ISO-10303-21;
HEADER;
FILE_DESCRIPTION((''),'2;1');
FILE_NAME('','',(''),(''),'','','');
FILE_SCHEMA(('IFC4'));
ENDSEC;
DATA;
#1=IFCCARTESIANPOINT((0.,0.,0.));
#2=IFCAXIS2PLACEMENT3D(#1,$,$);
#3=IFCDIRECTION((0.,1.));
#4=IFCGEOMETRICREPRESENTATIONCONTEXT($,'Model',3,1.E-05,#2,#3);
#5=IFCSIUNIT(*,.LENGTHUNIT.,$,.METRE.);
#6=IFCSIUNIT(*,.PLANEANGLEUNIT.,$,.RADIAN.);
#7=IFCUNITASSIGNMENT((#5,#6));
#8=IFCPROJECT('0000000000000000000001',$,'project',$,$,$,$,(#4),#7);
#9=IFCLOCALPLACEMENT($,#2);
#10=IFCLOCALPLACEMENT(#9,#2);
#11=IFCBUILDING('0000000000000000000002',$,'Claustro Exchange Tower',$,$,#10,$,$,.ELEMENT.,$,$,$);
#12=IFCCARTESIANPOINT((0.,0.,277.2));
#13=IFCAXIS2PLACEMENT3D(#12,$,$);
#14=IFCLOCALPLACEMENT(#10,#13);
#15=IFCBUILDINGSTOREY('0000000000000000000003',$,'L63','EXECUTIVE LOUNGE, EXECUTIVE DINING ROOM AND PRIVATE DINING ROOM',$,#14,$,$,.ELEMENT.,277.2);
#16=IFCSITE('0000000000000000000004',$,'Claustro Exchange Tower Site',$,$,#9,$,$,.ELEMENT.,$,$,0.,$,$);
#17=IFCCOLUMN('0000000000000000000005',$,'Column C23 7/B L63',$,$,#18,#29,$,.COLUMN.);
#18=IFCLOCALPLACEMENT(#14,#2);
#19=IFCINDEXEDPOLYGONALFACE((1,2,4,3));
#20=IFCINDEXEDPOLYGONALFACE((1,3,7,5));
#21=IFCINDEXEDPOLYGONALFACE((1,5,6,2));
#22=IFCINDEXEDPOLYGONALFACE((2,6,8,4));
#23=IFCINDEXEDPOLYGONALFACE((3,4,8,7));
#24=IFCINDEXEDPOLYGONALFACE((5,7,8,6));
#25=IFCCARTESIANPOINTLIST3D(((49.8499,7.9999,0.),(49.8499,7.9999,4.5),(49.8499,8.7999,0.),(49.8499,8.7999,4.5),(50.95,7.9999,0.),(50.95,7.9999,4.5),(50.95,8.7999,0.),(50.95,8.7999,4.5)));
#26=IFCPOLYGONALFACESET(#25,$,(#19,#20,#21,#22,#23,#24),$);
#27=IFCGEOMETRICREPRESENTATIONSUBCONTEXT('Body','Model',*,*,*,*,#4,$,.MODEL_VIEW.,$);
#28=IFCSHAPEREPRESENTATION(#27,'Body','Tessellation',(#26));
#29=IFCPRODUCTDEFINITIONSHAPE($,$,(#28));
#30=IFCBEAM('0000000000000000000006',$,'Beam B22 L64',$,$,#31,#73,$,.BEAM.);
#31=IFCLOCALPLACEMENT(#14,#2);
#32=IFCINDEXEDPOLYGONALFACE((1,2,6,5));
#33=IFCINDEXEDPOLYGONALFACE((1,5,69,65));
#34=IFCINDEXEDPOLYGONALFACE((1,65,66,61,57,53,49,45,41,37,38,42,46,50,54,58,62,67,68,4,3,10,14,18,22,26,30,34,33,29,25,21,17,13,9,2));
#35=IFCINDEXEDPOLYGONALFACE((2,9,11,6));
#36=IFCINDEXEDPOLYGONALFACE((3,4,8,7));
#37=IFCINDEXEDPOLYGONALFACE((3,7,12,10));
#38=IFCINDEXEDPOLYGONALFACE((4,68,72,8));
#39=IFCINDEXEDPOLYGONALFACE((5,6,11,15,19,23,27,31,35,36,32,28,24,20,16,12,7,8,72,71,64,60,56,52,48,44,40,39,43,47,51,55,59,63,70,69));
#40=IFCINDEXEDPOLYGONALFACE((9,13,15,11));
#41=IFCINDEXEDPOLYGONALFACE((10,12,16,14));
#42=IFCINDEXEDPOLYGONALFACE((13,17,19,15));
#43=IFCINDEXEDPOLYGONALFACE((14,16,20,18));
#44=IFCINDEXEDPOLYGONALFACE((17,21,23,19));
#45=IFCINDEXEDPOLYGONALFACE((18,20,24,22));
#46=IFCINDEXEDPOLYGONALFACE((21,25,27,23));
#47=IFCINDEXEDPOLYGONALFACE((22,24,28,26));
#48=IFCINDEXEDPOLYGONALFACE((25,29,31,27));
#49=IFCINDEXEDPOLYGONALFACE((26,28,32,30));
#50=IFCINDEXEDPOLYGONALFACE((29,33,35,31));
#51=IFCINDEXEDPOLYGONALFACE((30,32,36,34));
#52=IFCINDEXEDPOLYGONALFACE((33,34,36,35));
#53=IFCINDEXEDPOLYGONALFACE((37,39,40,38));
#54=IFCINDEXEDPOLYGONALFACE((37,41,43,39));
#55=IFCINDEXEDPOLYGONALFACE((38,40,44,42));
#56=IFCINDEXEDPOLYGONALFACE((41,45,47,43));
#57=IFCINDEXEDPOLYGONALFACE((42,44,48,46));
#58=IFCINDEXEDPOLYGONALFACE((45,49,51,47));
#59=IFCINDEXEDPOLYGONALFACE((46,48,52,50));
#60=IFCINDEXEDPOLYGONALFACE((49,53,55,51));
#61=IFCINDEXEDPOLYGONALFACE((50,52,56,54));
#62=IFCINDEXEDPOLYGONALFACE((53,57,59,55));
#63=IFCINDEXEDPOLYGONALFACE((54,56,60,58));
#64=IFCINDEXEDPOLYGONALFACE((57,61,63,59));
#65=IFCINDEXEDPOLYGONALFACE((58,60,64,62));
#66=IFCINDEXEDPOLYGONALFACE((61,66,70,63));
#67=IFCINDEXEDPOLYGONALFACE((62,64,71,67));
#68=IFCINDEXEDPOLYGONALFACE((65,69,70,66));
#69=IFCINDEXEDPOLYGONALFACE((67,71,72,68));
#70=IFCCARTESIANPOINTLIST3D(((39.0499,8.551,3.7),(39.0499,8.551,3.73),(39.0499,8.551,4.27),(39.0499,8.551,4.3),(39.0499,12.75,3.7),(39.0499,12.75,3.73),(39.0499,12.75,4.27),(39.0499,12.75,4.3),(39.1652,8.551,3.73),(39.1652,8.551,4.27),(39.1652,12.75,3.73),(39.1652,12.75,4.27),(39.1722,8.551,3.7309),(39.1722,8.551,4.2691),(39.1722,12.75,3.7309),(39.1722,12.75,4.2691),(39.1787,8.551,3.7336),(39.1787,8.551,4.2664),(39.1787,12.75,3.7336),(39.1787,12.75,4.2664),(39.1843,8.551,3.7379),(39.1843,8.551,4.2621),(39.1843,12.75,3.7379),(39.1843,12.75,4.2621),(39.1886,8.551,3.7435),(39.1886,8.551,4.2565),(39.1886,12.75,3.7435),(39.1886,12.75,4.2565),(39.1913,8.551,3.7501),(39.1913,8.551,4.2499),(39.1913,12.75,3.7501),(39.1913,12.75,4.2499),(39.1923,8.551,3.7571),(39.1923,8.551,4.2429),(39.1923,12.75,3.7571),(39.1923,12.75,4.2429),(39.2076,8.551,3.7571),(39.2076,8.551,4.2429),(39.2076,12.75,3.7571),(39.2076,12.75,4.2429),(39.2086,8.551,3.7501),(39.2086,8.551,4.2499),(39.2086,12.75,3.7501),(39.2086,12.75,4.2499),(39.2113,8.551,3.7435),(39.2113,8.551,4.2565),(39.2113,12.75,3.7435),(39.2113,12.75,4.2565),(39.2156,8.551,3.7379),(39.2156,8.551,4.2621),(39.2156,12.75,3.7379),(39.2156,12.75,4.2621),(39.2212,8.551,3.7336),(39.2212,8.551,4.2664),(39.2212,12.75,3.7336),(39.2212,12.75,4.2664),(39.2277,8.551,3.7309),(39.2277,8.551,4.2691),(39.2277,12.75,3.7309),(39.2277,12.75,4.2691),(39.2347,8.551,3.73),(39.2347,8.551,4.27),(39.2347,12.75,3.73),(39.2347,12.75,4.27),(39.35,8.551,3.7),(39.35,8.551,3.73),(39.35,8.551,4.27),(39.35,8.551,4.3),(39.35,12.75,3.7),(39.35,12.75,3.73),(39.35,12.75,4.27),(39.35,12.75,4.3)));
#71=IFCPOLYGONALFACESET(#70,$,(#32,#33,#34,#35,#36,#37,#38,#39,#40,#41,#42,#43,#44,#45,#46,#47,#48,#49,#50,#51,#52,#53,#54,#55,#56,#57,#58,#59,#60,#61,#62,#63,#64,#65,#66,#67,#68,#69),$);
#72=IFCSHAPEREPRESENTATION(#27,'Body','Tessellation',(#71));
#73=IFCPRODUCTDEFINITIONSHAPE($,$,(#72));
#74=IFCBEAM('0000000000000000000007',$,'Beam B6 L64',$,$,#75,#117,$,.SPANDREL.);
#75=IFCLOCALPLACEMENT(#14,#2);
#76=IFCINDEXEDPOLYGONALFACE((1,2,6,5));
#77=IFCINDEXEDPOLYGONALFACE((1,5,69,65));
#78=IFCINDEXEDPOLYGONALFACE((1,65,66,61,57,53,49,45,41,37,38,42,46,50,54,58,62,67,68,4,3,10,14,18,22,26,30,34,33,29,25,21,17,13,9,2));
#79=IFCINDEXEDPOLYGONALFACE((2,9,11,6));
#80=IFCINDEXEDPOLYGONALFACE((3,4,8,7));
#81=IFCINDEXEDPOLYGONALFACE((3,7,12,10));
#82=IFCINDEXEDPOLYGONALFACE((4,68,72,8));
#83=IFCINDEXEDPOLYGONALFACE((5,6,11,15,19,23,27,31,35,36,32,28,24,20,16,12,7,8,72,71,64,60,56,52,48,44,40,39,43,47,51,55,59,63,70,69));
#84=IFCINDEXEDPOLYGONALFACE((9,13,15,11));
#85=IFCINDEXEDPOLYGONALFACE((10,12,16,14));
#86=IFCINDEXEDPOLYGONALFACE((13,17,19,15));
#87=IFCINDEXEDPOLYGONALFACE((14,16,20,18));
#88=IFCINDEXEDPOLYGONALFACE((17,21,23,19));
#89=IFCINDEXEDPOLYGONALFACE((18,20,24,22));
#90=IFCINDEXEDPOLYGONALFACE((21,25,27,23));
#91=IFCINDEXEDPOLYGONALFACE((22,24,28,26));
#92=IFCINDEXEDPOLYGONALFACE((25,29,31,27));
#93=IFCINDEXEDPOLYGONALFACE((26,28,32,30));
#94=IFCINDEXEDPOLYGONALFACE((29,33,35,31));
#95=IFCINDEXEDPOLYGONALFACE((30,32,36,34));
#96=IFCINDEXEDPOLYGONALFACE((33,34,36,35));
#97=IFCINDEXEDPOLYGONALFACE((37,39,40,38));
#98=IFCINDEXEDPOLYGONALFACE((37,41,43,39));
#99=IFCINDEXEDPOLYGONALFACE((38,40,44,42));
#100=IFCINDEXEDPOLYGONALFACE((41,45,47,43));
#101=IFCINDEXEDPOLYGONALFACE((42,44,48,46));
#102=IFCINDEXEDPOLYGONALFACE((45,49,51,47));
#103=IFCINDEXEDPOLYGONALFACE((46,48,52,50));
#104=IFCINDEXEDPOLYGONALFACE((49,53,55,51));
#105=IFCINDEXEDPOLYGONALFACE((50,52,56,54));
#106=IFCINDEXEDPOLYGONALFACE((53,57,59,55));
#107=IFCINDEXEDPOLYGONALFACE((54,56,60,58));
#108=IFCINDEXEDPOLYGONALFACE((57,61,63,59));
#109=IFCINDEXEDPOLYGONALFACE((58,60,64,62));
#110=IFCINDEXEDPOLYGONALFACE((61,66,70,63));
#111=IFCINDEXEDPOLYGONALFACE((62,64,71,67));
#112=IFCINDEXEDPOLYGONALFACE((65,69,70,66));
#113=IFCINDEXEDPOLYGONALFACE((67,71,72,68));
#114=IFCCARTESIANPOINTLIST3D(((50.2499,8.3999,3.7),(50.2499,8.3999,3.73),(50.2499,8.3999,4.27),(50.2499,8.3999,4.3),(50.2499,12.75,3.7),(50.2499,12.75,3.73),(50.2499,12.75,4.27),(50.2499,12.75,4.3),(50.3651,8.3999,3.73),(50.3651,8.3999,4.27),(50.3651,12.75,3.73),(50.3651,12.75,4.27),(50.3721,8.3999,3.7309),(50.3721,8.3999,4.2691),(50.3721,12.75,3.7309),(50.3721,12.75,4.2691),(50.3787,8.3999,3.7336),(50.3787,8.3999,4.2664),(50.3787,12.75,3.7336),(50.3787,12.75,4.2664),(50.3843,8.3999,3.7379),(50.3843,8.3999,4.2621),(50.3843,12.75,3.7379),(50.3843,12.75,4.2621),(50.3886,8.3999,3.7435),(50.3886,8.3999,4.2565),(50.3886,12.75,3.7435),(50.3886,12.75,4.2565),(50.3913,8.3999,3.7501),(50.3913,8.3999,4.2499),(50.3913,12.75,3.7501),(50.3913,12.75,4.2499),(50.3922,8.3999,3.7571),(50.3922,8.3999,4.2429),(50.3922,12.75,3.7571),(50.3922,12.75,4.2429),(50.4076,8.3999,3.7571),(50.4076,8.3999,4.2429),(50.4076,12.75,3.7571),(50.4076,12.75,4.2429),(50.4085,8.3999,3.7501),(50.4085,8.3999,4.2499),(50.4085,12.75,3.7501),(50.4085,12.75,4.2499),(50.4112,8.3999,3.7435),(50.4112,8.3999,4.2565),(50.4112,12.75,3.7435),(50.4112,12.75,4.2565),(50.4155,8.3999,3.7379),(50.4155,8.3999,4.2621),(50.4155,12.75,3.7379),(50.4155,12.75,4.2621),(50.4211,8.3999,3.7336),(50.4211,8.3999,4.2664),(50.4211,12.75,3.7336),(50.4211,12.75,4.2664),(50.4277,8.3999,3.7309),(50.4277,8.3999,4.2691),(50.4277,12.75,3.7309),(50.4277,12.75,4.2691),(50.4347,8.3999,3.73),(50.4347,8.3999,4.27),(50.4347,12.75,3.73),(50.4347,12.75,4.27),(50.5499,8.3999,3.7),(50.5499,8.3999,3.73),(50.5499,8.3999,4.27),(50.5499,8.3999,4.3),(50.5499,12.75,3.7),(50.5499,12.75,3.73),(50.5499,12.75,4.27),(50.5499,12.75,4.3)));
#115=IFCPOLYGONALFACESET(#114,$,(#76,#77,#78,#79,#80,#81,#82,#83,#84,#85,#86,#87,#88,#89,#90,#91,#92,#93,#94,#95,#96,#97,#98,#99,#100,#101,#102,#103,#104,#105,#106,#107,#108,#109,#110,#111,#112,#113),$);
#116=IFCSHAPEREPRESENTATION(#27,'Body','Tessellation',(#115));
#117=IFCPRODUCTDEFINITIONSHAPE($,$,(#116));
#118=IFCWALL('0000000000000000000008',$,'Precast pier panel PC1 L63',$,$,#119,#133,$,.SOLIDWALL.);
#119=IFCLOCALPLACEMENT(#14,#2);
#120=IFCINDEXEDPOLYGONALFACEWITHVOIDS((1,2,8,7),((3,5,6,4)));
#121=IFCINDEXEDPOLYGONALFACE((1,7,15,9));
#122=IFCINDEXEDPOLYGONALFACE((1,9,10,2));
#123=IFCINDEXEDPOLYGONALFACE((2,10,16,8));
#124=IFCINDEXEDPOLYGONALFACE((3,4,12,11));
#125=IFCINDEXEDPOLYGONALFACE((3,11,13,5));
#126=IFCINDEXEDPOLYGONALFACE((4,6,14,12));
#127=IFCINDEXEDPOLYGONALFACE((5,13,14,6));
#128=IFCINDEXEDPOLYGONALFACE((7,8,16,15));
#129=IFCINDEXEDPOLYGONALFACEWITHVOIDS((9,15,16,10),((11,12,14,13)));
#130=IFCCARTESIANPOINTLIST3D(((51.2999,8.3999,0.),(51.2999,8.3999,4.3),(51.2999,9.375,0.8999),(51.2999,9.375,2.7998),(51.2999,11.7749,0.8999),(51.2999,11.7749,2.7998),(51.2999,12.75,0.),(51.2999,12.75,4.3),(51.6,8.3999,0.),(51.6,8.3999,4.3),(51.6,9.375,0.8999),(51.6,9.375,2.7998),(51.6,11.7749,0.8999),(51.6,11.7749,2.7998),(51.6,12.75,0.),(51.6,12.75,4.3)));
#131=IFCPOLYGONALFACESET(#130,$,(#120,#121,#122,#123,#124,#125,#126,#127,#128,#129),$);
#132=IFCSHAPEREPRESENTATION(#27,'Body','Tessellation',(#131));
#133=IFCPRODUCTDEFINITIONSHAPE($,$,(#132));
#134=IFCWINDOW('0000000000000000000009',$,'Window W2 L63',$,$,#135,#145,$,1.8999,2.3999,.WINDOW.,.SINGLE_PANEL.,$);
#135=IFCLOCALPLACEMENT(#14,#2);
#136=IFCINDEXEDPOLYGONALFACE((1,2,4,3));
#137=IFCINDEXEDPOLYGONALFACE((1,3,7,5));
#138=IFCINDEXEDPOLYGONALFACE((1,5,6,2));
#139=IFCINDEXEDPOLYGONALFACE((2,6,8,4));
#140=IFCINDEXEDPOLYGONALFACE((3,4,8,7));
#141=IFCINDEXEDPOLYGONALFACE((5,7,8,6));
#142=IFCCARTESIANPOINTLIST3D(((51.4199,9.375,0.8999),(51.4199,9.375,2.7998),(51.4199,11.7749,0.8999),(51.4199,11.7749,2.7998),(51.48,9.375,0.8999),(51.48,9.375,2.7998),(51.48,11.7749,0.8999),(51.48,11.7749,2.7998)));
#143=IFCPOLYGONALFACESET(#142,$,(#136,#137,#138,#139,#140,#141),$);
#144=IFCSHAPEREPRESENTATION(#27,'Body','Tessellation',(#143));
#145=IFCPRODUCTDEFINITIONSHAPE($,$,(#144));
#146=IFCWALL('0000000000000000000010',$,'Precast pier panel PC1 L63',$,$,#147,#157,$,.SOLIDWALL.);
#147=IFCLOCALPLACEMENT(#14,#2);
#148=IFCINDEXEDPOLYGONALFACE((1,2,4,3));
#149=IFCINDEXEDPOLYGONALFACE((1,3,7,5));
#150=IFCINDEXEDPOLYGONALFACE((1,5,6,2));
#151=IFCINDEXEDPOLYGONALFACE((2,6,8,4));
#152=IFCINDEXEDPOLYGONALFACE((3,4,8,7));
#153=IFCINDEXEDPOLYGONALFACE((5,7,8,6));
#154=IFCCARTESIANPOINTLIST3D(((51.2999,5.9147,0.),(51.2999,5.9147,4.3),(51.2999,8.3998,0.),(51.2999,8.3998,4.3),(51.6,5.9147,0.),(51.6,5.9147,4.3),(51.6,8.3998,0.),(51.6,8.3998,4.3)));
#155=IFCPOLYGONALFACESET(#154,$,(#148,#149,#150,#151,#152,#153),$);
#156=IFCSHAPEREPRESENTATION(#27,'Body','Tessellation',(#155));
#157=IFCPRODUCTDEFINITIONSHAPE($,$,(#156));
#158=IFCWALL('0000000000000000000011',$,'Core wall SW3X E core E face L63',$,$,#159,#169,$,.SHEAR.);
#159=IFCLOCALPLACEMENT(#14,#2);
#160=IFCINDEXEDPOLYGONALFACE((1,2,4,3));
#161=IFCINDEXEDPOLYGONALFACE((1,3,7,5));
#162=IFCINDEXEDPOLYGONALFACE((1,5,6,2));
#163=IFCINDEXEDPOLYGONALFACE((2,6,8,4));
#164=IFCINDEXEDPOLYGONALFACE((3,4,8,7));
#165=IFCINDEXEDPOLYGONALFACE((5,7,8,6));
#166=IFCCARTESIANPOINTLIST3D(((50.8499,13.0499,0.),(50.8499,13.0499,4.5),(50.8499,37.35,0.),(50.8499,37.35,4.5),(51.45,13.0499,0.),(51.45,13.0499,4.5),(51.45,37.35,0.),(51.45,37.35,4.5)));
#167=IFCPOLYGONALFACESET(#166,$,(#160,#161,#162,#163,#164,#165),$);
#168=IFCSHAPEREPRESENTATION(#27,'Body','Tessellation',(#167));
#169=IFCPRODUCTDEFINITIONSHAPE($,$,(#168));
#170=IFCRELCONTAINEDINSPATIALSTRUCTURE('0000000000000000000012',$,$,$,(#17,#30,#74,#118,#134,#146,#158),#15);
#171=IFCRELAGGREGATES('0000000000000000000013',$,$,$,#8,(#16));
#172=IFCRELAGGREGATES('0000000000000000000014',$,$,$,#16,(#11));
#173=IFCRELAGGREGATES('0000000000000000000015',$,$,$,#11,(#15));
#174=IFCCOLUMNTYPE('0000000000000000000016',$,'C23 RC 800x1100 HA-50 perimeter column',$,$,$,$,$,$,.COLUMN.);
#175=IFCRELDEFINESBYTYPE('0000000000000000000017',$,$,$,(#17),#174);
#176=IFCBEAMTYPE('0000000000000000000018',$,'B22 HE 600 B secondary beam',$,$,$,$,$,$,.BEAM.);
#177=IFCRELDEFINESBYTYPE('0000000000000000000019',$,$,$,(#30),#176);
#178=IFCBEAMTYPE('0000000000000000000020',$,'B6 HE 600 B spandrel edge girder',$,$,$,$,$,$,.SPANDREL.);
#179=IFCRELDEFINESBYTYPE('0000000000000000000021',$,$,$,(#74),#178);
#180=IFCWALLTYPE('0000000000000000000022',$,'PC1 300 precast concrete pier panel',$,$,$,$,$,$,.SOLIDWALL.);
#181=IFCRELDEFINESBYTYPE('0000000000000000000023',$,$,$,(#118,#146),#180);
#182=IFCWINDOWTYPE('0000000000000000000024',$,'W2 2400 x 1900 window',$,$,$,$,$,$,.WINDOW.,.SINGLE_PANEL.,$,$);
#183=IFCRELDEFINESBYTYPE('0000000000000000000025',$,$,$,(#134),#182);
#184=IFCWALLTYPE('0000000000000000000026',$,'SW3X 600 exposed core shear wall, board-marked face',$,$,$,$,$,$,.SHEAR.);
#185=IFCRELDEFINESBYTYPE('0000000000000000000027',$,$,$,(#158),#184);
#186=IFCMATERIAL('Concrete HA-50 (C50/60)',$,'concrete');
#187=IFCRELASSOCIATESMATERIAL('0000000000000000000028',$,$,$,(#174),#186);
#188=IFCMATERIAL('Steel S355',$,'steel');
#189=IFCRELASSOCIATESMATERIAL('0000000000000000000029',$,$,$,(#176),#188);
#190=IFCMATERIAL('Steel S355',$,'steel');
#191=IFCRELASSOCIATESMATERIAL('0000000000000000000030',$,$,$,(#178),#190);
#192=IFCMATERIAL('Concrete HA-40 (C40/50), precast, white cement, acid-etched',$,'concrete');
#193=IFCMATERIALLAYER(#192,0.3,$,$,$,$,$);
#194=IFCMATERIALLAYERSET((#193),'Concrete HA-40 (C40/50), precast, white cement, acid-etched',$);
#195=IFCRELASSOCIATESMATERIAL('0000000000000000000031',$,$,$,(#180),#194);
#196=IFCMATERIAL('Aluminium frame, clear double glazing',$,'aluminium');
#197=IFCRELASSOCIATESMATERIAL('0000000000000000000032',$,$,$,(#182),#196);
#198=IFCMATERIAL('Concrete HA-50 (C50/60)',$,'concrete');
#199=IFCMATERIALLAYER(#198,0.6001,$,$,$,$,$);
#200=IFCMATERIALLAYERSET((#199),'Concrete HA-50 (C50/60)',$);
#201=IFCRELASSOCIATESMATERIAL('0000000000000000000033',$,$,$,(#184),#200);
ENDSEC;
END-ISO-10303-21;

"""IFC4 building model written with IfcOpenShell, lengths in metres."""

from ifc_helpers import new_model, si_unit, direction, frame, frame_2d, origin, origin_2d, place, context, subcontext, project, spatial, rectangle, i_section, extrude, material, layer, layer_set, material_profile, profile_set, type_object, element, fill, save


model = new_model("IFC4")

# Units and contexts
model_context = context("Model", 3, precision=1e-05, world=origin(), true_north=direction((0.0, 1.0)))
body_context = subcontext(model_context, "Body", "Model", "MODEL_VIEW")
ifc_project = project(units=[si_unit("LENGTHUNIT", "METRE"), si_unit("PLANEANGLEUNIT", "RADIAN")], contexts=[model_context])

# Site, building, storey
site_placement = place(None, origin())
site = spatial("IfcSite", under=ifc_project, at=site_placement, Name="Claustro Exchange Tower Site", CompositionType="ELEMENT", RefElevation=0.0)
building_placement = place(site_placement, origin())
building = spatial("IfcBuilding", under=site, at=building_placement, Name="Claustro Exchange Tower", CompositionType="ELEMENT")
storey_placement = place(building_placement, frame((0.0, 0.0, 277.2)))
storey = spatial("IfcBuildingStorey", under=building, at=storey_placement, Name="L63", Description="EXECUTIVE LOUNGE, EXECUTIVE DINING ROOM AND PRIVATE DINING ROOM", CompositionType="ELEMENT", Elevation=277.2)

# Column
ifc_material_1 = material(Name="Concrete HA-50 (C50/60)", Category="concrete")
ifc_material_profile_1 = material_profile(ifc_material_1, rectangle(XDim=0.8, YDim=1.1001, at=origin_2d()), Name="RC 800x1100")
ifc_profile_set_1 = profile_set([ifc_material_profile_1], Name="Concrete HA-50 (C50/60)")
column_type = type_object("IfcColumnType", Name="C23 RC 800x1100 HA-50 perimeter column", PredefinedType="COLUMN", material=ifc_profile_set_1)
column_placement = place(storey_placement, frame((50.3999, 8.3999, 0.0), z_axis=(0.0, 0.0, 1.0), x_axis=(0.0, 1.0, 0.0)))
element("IfcColumn", 1, at=column_placement, inside=storey, type_object=column_type, Name="Column C23 7/B L63", PredefinedType="COLUMN", context=body_context, shape_type="SweptSolid", body=[
    extrude(rectangle(XDim=0.8, YDim=1.1001, at=origin_2d()), origin(), (0.0, 0.0, 1.0), 4.5),
])

# Beams
ifc_material_2 = material(Name="Steel S355", Category="steel")
ifc_material_profile_2 = material_profile(ifc_material_2, i_section(OverallWidth=0.3, OverallDepth=0.6001, WebThickness=0.0154, FlangeThickness=0.03, FilletRadius=0.0271, at=origin_2d()), Name="HE 600 B")
ifc_profile_set_2 = profile_set([ifc_material_profile_2], Name="Steel S355")
beam_type_1 = type_object("IfcBeamType", Name="B22 HE 600 B secondary beam", PredefinedType="BEAM", material=ifc_profile_set_2)
beam_1_placement = place(storey_placement, frame((39.2, 8.551, 4.0), z_axis=(0.0, 1.0, 0.0), x_axis=(-1.0, 0.0, 0.0)))
element("IfcBeam", 2, at=beam_1_placement, inside=storey, type_object=beam_type_1, Name="Beam B22 L64", PredefinedType="BEAM", context=body_context, shape_type="SweptSolid", body=[
    extrude(i_section(OverallWidth=0.3, OverallDepth=0.6001, WebThickness=0.0154, FlangeThickness=0.03, FilletRadius=0.0271, at=origin_2d()), origin(), (0.0, 0.0, 1.0), 4.199),
])
ifc_material_3 = material(Name="Steel S355", Category="steel")
ifc_material_profile_3 = material_profile(ifc_material_3, i_section(OverallWidth=0.3, OverallDepth=0.6001, WebThickness=0.0154, FlangeThickness=0.03, FilletRadius=0.0271, at=origin_2d()), Name="HE 600 B")
ifc_profile_set_3 = profile_set([ifc_material_profile_3], Name="Steel S355")
beam_type_2 = type_object("IfcBeamType", Name="B6 HE 600 B spandrel edge girder", PredefinedType="SPANDREL", material=ifc_profile_set_3)
beam_2_placement = place(storey_placement, frame((50.3999, 8.3999, 4.0), z_axis=(0.0, 1.0, 0.0), x_axis=(-1.0, 0.0, 0.0)))
element("IfcBeam", 3, at=beam_2_placement, inside=storey, type_object=beam_type_2, Name="Beam B6 L64", PredefinedType="SPANDREL", context=body_context, shape_type="SweptSolid", body=[
    extrude(i_section(OverallWidth=0.3, OverallDepth=0.6001, WebThickness=0.0154, FlangeThickness=0.03, FilletRadius=0.0271, at=origin_2d()), origin(), (0.0, 0.0, 1.0), 4.3501),
])

# Wall, opening, window
ifc_material_4 = material(Name="Concrete HA-40 (C40/50), precast, white cement, acid-etched", Category="concrete")
ifc_layer_1 = layer(ifc_material_4, 0.3)
ifc_layer_set_1 = layer_set([ifc_layer_1], Name="Concrete HA-40 (C40/50), precast, white cement, acid-etched")
wall_type_1 = type_object("IfcWallType", Name="PC1 300 precast concrete pier panel", PredefinedType="SOLIDWALL", material=ifc_layer_set_1)
wall_1_placement = place(storey_placement, frame((51.45, 12.75, 0.0), z_axis=(0.0, 0.0, 1.0), x_axis=(0.0, -1.0, 0.0)))
wall_1 = element("IfcWall", 4, at=wall_1_placement, inside=storey, type_object=wall_type_1, Name="Precast pier panel PC1 L63", PredefinedType="SOLIDWALL", context=body_context, shape_type="SweptSolid", body=[
    extrude(rectangle(XDim=4.3501, YDim=0.3, at=frame_2d((2.175, 0.0))), origin(), (0.0, 0.0, 1.0), 4.3),
])
opening_1_placement = place(wall_1_placement, frame((0.9751, 0.0, 0.8999)))
opening_1 = element("IfcOpeningElement", 5, at=opening_1_placement, cuts=wall_1, PredefinedType="OPENING", context=body_context, shape_type="SweptSolid", body=[
    extrude(rectangle(XDim=2.3999, YDim=1.8999, at=frame_2d((1.2, 0.95))), frame((0.0, 0.1599, 0.0), z_axis=(0.0, -1.0, 0.0), x_axis=(1.0, 0.0, 0.0)), (0.0, 0.0, 1.0), 0.3201),
])
ifc_material_5 = material(Name="Aluminium frame, clear double glazing", Category="aluminium")
window_type = type_object("IfcWindowType", Name="W2 2400 x 1900 window", PartitioningType="SINGLE_PANEL", PredefinedType="WINDOW", material=ifc_material_5)
window_placement = place(opening_1_placement, origin())
window = element("IfcWindow", 6, at=window_placement, inside=storey, type_object=window_type, Name="Window W2 L63", OverallHeight=1.8999, OverallWidth=2.3999, PartitioningType="SINGLE_PANEL", PredefinedType="WINDOW", context=body_context, shape_type="SweptSolid", body=[
    extrude(rectangle(XDim=2.3999, YDim=1.8999, at=frame_2d((1.2, 0.95))), frame((0.0, 0.03, 0.0), z_axis=(0.0, -1.0, 0.0), x_axis=(1.0, 0.0, 0.0)), (0.0, 0.0, 1.0), 0.0601),
])
fill(opening_1, window)

# Walls
wall_2_placement = place(storey_placement, frame((51.45, 8.3999, 0.0), z_axis=(0.0, 0.0, 1.0), x_axis=(0.0, -1.0, 0.0)))
element("IfcWall", 7, at=wall_2_placement, inside=storey, type_object=wall_type_1, Name="Precast pier panel PC1 L63", PredefinedType="SOLIDWALL", context=body_context, shape_type="SweptSolid", body=[
    extrude(rectangle(XDim=2.4851, YDim=0.3, at=frame_2d((1.2427, 0.0))), origin(), (0.0, 0.0, 1.0), 4.3),
])
ifc_material_6 = material(Name="Concrete HA-50 (C50/60)", Category="concrete")
ifc_layer_2 = layer(ifc_material_6, 0.6001)
ifc_layer_set_2 = layer_set([ifc_layer_2], Name="Concrete HA-50 (C50/60)")
wall_type_2 = type_object("IfcWallType", Name="SW3X 600 exposed core shear wall, board-marked face", PredefinedType="SHEAR", material=ifc_layer_set_2)
wall_3_placement = place(storey_placement, frame((51.1499, 13.05, 0.0), z_axis=(0.0, 0.0, 1.0), x_axis=(0.0, 1.0, 0.0)))
element("IfcWall", 8, at=wall_3_placement, inside=storey, type_object=wall_type_2, Name="Core wall SW3X E core E face L63", PredefinedType="SHEAR", context=body_context, shape_type="SweptSolid", body=[
    extrude(rectangle(XDim=24.3, YDim=0.6001, at=frame_2d((12.1499, 0.0))), origin(), (0.0, 0.0, 1.0), 4.5),
])

save(model, "model.ifc")
